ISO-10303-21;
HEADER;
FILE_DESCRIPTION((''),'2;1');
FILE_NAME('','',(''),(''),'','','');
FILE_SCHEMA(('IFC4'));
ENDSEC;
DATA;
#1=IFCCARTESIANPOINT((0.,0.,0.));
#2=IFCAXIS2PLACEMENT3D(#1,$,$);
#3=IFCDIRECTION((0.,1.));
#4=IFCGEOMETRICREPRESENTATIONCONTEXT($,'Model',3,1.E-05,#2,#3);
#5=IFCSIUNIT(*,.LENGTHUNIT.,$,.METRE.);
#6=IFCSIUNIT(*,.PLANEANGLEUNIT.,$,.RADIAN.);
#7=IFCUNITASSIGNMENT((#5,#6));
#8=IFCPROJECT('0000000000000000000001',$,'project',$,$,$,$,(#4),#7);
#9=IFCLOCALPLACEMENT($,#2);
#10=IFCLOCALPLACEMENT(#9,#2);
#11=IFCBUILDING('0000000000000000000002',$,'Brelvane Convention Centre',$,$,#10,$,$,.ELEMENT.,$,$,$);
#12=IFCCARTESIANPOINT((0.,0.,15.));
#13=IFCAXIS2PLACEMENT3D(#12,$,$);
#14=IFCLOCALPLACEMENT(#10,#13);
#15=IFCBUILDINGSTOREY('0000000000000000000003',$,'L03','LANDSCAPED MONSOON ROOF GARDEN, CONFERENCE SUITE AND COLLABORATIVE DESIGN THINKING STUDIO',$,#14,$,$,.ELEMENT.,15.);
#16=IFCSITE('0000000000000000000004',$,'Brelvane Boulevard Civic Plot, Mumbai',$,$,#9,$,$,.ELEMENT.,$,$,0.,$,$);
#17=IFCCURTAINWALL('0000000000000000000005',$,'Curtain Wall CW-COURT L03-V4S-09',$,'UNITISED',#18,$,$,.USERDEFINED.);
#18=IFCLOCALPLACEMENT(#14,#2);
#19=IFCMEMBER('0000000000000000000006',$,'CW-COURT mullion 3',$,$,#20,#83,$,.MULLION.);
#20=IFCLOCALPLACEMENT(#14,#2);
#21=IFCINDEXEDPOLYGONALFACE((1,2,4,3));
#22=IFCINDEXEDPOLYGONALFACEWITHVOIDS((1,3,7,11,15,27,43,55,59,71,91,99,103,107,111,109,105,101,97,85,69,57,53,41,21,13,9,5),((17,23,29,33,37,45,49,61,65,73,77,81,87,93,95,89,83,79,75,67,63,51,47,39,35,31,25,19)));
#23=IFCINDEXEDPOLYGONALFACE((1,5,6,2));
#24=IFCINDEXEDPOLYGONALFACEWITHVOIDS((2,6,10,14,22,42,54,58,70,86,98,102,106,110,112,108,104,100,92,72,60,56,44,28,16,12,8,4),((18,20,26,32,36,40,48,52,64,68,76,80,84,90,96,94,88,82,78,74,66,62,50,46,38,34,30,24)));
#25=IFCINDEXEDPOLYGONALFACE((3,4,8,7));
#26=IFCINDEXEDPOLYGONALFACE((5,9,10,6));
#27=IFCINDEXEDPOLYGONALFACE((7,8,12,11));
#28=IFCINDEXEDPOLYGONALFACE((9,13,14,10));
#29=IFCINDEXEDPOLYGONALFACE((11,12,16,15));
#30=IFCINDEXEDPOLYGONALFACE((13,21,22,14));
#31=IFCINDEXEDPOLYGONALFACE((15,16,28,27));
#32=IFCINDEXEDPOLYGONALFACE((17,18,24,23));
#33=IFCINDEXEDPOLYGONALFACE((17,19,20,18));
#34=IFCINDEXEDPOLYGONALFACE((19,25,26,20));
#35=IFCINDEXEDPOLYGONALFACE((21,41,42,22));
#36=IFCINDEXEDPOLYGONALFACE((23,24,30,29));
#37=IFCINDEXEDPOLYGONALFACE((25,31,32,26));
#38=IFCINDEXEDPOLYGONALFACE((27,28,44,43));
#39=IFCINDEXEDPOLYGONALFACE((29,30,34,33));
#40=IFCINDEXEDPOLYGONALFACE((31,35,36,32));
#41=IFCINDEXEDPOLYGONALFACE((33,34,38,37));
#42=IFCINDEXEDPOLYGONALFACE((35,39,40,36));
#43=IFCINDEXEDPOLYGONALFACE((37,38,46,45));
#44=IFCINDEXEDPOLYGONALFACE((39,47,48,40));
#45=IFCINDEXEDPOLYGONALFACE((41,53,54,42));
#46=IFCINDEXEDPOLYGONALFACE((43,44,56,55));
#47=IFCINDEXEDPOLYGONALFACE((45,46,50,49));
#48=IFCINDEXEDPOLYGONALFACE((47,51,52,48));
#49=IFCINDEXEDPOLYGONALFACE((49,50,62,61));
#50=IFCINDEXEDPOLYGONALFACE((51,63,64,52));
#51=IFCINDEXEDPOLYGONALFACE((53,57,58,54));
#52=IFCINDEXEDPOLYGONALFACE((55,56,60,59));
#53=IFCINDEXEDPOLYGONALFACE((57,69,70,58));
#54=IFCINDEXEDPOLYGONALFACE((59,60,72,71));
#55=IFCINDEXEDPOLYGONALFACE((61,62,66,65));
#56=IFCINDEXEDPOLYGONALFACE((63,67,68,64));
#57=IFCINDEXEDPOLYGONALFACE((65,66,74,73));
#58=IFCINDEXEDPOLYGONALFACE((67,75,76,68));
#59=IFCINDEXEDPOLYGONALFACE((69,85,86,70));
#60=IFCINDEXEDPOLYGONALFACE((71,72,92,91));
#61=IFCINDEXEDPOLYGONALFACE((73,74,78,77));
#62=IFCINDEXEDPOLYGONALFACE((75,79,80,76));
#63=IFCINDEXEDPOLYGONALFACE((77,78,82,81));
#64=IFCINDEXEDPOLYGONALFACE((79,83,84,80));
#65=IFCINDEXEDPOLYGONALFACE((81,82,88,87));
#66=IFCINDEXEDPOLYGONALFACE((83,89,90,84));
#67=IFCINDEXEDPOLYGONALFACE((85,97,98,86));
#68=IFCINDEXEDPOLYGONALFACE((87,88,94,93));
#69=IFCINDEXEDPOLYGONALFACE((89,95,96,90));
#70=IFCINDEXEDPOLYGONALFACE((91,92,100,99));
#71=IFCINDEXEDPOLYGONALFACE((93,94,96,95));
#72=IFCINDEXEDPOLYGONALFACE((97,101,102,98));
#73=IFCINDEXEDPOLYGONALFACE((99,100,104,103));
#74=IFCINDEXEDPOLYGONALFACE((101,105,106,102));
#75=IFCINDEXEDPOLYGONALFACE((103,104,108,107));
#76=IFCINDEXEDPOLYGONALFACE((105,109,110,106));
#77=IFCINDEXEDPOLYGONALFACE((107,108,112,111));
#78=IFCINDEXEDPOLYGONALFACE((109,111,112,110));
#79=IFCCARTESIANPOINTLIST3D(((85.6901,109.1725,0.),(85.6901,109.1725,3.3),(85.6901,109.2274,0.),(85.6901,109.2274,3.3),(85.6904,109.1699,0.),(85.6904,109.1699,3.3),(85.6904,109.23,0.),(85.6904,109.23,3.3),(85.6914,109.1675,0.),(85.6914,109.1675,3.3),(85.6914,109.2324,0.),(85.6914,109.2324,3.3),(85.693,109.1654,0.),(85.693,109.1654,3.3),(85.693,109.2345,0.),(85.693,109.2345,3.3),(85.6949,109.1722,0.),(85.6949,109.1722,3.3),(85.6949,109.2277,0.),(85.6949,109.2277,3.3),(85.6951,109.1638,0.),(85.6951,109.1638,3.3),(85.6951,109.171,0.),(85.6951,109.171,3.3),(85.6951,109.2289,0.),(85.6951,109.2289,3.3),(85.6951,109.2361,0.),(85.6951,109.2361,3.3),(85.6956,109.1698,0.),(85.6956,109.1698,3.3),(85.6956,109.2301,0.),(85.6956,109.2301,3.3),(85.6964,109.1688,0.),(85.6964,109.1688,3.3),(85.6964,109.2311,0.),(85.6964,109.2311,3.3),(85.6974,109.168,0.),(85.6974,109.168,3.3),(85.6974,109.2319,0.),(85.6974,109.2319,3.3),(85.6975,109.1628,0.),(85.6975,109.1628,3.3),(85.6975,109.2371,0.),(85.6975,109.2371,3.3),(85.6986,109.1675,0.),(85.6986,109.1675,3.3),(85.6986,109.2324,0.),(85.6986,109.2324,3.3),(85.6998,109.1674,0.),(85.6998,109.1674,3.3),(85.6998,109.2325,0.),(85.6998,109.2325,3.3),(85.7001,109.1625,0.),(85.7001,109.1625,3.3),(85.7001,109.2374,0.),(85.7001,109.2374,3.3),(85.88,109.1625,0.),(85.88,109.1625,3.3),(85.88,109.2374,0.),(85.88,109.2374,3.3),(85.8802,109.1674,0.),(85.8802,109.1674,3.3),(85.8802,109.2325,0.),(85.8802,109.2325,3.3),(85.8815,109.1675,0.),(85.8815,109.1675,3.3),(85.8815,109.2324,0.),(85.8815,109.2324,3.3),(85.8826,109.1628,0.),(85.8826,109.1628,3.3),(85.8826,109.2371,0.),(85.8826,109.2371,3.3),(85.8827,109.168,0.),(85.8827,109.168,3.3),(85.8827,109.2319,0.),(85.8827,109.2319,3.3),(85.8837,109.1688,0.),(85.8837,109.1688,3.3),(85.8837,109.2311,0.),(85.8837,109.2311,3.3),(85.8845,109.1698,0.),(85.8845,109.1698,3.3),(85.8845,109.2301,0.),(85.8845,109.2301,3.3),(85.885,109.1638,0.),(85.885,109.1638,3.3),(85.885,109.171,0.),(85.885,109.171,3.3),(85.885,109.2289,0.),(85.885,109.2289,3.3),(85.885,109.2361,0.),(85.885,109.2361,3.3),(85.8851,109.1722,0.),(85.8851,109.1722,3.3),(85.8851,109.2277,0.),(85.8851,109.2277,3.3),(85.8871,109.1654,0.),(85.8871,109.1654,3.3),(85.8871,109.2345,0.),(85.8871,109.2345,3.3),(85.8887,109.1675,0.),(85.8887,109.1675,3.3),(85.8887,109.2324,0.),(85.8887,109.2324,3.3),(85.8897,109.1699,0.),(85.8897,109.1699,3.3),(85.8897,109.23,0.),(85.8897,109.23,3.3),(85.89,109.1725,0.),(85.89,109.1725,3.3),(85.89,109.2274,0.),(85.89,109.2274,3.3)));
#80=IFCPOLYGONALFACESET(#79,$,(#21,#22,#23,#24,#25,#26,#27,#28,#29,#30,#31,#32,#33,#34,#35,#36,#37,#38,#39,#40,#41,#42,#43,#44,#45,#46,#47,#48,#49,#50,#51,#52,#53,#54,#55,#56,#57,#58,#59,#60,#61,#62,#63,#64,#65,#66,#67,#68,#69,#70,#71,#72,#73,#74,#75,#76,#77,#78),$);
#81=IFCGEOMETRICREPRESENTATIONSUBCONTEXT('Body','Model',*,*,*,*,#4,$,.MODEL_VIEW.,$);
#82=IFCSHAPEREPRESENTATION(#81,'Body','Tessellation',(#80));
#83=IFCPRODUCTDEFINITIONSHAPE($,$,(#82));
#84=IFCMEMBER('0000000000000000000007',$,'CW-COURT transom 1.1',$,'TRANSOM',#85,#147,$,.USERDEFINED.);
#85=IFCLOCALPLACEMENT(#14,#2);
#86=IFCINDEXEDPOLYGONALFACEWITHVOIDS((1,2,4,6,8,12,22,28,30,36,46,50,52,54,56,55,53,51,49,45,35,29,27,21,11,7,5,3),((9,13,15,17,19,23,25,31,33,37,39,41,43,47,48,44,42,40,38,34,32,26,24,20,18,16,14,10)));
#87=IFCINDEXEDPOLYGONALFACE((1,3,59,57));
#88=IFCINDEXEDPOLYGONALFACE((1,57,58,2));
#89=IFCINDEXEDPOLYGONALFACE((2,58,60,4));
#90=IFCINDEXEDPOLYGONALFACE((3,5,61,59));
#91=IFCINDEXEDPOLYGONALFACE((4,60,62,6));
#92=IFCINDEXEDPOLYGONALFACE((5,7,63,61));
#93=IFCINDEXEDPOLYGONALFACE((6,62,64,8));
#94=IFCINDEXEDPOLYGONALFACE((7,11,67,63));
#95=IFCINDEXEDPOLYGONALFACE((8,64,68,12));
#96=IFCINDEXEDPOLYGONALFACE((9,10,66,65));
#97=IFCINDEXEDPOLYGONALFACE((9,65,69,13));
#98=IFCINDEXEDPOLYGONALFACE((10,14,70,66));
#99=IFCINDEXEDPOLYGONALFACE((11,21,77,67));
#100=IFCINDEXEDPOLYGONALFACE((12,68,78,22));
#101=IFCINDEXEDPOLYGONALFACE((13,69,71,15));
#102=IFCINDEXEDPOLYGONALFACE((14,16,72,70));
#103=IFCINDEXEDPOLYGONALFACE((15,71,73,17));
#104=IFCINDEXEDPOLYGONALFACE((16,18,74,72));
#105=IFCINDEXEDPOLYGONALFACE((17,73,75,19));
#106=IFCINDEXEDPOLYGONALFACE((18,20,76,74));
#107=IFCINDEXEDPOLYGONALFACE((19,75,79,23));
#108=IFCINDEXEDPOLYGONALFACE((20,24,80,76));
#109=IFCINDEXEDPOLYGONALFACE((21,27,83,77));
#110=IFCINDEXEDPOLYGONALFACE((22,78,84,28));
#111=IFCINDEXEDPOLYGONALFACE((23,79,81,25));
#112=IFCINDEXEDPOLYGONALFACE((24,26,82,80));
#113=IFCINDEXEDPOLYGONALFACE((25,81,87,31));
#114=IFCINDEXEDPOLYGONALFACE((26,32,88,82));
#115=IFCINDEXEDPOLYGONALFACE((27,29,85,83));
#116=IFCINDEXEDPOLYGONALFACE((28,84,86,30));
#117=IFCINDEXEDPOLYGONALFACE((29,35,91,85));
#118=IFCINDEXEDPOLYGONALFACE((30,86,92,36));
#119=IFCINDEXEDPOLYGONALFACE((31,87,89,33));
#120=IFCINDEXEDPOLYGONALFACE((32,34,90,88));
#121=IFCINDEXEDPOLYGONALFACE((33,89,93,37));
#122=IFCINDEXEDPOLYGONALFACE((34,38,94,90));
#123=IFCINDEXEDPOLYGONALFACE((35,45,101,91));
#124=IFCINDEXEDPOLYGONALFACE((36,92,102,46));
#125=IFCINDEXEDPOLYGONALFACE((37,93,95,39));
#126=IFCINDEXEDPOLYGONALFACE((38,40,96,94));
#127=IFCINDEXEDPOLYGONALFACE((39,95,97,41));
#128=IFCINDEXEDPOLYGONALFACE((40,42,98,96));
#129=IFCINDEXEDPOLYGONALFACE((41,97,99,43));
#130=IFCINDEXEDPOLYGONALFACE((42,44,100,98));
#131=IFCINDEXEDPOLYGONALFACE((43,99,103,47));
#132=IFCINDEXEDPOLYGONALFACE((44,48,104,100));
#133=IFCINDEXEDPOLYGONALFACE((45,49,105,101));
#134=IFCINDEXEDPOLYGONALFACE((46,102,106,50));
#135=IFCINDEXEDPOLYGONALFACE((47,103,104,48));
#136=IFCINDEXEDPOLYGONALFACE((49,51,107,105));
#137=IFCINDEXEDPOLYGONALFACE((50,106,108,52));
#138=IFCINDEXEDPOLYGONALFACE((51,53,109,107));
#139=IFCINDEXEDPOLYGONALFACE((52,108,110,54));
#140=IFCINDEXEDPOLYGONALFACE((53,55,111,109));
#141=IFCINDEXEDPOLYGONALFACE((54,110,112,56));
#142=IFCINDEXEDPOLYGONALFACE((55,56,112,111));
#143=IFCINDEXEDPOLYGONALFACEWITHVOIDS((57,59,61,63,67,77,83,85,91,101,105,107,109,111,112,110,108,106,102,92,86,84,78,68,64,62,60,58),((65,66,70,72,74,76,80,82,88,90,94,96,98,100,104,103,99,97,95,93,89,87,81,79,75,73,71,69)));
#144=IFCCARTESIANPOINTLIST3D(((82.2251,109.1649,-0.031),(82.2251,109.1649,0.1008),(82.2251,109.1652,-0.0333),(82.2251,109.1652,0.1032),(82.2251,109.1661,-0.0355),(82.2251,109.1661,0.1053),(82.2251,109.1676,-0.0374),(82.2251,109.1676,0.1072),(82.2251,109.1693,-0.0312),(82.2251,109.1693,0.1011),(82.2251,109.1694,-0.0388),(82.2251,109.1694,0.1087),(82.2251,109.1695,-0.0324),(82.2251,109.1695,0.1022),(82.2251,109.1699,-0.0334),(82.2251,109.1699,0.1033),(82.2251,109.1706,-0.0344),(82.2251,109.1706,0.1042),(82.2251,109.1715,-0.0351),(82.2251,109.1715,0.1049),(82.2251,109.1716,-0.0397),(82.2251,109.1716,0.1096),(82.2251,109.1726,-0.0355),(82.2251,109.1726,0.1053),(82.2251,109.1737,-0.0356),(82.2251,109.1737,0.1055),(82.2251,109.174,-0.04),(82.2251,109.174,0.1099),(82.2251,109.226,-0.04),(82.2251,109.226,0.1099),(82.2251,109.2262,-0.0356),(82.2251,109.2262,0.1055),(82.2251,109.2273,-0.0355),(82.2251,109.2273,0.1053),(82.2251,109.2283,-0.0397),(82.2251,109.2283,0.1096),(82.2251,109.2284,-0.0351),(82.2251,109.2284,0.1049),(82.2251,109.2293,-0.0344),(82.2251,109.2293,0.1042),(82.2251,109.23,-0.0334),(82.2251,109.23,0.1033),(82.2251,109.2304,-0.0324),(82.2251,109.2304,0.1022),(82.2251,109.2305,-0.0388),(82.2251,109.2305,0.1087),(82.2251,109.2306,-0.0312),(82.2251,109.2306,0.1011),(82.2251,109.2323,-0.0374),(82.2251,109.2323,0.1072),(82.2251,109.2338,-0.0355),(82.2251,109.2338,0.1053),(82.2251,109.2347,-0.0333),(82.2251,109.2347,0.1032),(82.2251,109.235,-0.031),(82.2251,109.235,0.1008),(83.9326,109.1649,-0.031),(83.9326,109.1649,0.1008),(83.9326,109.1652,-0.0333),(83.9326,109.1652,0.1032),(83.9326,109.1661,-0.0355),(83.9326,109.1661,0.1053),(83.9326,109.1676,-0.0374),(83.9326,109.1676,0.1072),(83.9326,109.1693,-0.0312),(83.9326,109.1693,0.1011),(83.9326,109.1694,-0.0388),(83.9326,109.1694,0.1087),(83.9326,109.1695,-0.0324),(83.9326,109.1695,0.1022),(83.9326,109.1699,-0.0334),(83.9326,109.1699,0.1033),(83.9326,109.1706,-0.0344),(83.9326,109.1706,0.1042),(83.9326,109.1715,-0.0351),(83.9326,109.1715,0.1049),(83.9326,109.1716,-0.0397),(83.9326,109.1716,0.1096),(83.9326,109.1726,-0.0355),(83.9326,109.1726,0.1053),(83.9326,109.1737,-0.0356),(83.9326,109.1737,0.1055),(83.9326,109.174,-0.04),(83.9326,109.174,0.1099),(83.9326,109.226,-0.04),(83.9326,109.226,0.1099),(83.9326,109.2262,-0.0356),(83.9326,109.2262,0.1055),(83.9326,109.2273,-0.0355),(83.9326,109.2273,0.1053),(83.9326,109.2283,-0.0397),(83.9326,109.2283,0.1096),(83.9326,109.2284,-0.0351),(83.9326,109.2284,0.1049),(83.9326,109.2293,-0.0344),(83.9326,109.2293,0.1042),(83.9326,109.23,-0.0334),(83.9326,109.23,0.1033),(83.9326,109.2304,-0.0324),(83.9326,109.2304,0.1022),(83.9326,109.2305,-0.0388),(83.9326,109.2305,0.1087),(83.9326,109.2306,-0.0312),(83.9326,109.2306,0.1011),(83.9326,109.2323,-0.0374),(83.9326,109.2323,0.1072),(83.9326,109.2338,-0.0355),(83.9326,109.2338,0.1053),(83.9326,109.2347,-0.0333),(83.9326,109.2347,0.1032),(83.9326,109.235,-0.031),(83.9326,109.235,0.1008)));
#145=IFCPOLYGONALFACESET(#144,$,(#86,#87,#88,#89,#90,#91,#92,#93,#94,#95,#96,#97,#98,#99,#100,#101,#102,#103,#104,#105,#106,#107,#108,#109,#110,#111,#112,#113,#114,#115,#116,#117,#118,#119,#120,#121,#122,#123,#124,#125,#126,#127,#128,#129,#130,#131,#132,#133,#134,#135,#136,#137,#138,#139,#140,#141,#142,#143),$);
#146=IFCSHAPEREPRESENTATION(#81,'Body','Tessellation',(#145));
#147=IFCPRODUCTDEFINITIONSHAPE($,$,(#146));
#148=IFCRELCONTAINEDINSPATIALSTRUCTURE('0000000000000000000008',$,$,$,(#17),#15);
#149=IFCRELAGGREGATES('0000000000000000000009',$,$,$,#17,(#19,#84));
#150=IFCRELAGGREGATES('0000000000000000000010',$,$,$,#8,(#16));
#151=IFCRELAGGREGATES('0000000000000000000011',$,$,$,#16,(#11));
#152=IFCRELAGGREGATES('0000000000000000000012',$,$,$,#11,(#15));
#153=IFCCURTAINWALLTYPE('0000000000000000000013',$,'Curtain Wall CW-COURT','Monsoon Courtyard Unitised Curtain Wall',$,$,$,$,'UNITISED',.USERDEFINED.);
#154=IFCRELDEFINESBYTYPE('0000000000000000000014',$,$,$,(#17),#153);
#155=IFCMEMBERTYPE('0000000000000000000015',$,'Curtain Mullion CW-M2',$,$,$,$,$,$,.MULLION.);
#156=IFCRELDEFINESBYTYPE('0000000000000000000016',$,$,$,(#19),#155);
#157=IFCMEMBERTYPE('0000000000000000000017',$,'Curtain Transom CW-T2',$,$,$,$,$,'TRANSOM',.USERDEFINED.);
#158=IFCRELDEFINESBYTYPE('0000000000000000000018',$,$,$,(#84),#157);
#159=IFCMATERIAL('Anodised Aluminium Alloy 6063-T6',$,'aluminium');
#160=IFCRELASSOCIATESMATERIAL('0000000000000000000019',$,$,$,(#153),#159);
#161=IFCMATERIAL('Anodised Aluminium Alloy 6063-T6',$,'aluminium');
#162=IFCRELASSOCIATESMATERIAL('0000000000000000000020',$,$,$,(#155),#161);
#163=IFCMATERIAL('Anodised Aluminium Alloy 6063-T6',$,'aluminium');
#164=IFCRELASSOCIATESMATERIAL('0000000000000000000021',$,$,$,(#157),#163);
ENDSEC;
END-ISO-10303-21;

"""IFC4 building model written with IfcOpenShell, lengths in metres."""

from ifc_helpers import new_model, si_unit, direction, frame, origin, origin_2d, place, context, subcontext, project, spatial, hollow_rectangle, extrude, material, material_profile, profile_set, type_object, element, aggregate, save


model = new_model("IFC4")

# Units and contexts
model_context = context("Model", 3, precision=1e-05, world=origin(), true_north=direction((0.0, 1.0)))
body_context = subcontext(model_context, "Body", "Model", "MODEL_VIEW")
ifc_project = project(units=[si_unit("LENGTHUNIT", "METRE"), si_unit("PLANEANGLEUNIT", "RADIAN")], contexts=[model_context])

# Site, building, storey
site_placement = place(None, origin())
site = spatial("IfcSite", under=ifc_project, at=site_placement, Name="Brelvane Boulevard Civic Plot, Mumbai", CompositionType="ELEMENT", RefElevation=0.0)
building_placement = place(site_placement, origin())
building = spatial("IfcBuilding", under=site, at=building_placement, Name="Brelvane Convention Centre", CompositionType="ELEMENT")
storey_placement = place(building_placement, frame((0.0, 0.0, 15.0)))
storey = spatial("IfcBuildingStorey", under=building, at=storey_placement, Name="L03", Description="LANDSCAPED MONSOON ROOF GARDEN, CONFERENCE SUITE AND COLLABORATIVE DESIGN THINKING STUDIO", CompositionType="ELEMENT", Elevation=15.0)

# Curtain wall, members
ifc_material_1 = material(Name="Anodised Aluminium Alloy 6063-T6", Category="aluminium")
curtain_wall_type = type_object("IfcCurtainWallType", Name="Curtain Wall CW-COURT", Description="Monsoon Courtyard Unitised Curtain Wall", ElementType="UNITISED", PredefinedType="USERDEFINED", material=ifc_material_1)
curtain_wall_placement = place(storey_placement, origin())
curtain_wall = element("IfcCurtainWall", 1, at=curtain_wall_placement, inside=storey, type_object=curtain_wall_type, Name="Curtain Wall CW-COURT L03-V4S-09", ObjectType="UNITISED", PredefinedType="USERDEFINED")
ifc_material_2 = material(Name="Anodised Aluminium Alloy 6063-T6", Category="aluminium")
ifc_material_profile_1 = material_profile(ifc_material_2, hollow_rectangle(XDim=0.075, YDim=0.2, WallThickness=0.0049, InnerFilletRadius=0.0049, OuterFilletRadius=0.01, at=origin_2d()), Name="ALU-M 200x75x5.0")
ifc_profile_set_1 = profile_set([ifc_material_profile_1], Name="Anodised Aluminium Alloy 6063-T6")
member_type_1 = type_object("IfcMemberType", Name="Curtain Mullion CW-M2", PredefinedType="MULLION", material=ifc_profile_set_1)
member_1_placement = place(storey_placement, frame((85.79, 109.2, 0.0), z_axis=(0.0, 0.0, 1.0), x_axis=(0.0, 1.0, 0.0)))
member_1 = element("IfcMember", 2, at=member_1_placement, type_object=member_type_1, Name="CW-COURT mullion 3", PredefinedType="MULLION", context=body_context, shape_type="SweptSolid", body=[
    extrude(hollow_rectangle(XDim=0.075, YDim=0.2, WallThickness=0.0049, InnerFilletRadius=0.0049, OuterFilletRadius=0.01, at=origin_2d()), origin(), (0.0, 0.0, 1.0), 3.3),
])
ifc_material_3 = material(Name="Anodised Aluminium Alloy 6063-T6", Category="aluminium")
ifc_material_profile_2 = material_profile(ifc_material_3, hollow_rectangle(XDim=0.0701, YDim=0.1499, WallThickness=0.0044, InnerFilletRadius=0.0044, OuterFilletRadius=0.009, at=origin_2d()), Name="ALU-T 150x70x4.5")
ifc_profile_set_2 = profile_set([ifc_material_profile_2], Name="Anodised Aluminium Alloy 6063-T6")
member_type_2 = type_object("IfcMemberType", Name="Curtain Transom CW-T2", ElementType="TRANSOM", PredefinedType="USERDEFINED", material=ifc_profile_set_2)
member_2_placement = place(storey_placement, frame((82.2251, 109.2, 0.0349), z_axis=(1.0, 0.0, 0.0), x_axis=(0.0, 1.0, 0.0)))
member_2 = element("IfcMember", 3, at=member_2_placement, type_object=member_type_2, Name="CW-COURT transom 1.1", ObjectType="TRANSOM", PredefinedType="USERDEFINED", context=body_context, shape_type="SweptSolid", body=[
    extrude(hollow_rectangle(XDim=0.0701, YDim=0.1499, WallThickness=0.0044, InnerFilletRadius=0.0044, OuterFilletRadius=0.009, at=origin_2d()), origin(), (0.0, 0.0, 1.0), 1.7075),
])

aggregate(curtain_wall, [member_1, member_2])

save(model, "model.ifc")
